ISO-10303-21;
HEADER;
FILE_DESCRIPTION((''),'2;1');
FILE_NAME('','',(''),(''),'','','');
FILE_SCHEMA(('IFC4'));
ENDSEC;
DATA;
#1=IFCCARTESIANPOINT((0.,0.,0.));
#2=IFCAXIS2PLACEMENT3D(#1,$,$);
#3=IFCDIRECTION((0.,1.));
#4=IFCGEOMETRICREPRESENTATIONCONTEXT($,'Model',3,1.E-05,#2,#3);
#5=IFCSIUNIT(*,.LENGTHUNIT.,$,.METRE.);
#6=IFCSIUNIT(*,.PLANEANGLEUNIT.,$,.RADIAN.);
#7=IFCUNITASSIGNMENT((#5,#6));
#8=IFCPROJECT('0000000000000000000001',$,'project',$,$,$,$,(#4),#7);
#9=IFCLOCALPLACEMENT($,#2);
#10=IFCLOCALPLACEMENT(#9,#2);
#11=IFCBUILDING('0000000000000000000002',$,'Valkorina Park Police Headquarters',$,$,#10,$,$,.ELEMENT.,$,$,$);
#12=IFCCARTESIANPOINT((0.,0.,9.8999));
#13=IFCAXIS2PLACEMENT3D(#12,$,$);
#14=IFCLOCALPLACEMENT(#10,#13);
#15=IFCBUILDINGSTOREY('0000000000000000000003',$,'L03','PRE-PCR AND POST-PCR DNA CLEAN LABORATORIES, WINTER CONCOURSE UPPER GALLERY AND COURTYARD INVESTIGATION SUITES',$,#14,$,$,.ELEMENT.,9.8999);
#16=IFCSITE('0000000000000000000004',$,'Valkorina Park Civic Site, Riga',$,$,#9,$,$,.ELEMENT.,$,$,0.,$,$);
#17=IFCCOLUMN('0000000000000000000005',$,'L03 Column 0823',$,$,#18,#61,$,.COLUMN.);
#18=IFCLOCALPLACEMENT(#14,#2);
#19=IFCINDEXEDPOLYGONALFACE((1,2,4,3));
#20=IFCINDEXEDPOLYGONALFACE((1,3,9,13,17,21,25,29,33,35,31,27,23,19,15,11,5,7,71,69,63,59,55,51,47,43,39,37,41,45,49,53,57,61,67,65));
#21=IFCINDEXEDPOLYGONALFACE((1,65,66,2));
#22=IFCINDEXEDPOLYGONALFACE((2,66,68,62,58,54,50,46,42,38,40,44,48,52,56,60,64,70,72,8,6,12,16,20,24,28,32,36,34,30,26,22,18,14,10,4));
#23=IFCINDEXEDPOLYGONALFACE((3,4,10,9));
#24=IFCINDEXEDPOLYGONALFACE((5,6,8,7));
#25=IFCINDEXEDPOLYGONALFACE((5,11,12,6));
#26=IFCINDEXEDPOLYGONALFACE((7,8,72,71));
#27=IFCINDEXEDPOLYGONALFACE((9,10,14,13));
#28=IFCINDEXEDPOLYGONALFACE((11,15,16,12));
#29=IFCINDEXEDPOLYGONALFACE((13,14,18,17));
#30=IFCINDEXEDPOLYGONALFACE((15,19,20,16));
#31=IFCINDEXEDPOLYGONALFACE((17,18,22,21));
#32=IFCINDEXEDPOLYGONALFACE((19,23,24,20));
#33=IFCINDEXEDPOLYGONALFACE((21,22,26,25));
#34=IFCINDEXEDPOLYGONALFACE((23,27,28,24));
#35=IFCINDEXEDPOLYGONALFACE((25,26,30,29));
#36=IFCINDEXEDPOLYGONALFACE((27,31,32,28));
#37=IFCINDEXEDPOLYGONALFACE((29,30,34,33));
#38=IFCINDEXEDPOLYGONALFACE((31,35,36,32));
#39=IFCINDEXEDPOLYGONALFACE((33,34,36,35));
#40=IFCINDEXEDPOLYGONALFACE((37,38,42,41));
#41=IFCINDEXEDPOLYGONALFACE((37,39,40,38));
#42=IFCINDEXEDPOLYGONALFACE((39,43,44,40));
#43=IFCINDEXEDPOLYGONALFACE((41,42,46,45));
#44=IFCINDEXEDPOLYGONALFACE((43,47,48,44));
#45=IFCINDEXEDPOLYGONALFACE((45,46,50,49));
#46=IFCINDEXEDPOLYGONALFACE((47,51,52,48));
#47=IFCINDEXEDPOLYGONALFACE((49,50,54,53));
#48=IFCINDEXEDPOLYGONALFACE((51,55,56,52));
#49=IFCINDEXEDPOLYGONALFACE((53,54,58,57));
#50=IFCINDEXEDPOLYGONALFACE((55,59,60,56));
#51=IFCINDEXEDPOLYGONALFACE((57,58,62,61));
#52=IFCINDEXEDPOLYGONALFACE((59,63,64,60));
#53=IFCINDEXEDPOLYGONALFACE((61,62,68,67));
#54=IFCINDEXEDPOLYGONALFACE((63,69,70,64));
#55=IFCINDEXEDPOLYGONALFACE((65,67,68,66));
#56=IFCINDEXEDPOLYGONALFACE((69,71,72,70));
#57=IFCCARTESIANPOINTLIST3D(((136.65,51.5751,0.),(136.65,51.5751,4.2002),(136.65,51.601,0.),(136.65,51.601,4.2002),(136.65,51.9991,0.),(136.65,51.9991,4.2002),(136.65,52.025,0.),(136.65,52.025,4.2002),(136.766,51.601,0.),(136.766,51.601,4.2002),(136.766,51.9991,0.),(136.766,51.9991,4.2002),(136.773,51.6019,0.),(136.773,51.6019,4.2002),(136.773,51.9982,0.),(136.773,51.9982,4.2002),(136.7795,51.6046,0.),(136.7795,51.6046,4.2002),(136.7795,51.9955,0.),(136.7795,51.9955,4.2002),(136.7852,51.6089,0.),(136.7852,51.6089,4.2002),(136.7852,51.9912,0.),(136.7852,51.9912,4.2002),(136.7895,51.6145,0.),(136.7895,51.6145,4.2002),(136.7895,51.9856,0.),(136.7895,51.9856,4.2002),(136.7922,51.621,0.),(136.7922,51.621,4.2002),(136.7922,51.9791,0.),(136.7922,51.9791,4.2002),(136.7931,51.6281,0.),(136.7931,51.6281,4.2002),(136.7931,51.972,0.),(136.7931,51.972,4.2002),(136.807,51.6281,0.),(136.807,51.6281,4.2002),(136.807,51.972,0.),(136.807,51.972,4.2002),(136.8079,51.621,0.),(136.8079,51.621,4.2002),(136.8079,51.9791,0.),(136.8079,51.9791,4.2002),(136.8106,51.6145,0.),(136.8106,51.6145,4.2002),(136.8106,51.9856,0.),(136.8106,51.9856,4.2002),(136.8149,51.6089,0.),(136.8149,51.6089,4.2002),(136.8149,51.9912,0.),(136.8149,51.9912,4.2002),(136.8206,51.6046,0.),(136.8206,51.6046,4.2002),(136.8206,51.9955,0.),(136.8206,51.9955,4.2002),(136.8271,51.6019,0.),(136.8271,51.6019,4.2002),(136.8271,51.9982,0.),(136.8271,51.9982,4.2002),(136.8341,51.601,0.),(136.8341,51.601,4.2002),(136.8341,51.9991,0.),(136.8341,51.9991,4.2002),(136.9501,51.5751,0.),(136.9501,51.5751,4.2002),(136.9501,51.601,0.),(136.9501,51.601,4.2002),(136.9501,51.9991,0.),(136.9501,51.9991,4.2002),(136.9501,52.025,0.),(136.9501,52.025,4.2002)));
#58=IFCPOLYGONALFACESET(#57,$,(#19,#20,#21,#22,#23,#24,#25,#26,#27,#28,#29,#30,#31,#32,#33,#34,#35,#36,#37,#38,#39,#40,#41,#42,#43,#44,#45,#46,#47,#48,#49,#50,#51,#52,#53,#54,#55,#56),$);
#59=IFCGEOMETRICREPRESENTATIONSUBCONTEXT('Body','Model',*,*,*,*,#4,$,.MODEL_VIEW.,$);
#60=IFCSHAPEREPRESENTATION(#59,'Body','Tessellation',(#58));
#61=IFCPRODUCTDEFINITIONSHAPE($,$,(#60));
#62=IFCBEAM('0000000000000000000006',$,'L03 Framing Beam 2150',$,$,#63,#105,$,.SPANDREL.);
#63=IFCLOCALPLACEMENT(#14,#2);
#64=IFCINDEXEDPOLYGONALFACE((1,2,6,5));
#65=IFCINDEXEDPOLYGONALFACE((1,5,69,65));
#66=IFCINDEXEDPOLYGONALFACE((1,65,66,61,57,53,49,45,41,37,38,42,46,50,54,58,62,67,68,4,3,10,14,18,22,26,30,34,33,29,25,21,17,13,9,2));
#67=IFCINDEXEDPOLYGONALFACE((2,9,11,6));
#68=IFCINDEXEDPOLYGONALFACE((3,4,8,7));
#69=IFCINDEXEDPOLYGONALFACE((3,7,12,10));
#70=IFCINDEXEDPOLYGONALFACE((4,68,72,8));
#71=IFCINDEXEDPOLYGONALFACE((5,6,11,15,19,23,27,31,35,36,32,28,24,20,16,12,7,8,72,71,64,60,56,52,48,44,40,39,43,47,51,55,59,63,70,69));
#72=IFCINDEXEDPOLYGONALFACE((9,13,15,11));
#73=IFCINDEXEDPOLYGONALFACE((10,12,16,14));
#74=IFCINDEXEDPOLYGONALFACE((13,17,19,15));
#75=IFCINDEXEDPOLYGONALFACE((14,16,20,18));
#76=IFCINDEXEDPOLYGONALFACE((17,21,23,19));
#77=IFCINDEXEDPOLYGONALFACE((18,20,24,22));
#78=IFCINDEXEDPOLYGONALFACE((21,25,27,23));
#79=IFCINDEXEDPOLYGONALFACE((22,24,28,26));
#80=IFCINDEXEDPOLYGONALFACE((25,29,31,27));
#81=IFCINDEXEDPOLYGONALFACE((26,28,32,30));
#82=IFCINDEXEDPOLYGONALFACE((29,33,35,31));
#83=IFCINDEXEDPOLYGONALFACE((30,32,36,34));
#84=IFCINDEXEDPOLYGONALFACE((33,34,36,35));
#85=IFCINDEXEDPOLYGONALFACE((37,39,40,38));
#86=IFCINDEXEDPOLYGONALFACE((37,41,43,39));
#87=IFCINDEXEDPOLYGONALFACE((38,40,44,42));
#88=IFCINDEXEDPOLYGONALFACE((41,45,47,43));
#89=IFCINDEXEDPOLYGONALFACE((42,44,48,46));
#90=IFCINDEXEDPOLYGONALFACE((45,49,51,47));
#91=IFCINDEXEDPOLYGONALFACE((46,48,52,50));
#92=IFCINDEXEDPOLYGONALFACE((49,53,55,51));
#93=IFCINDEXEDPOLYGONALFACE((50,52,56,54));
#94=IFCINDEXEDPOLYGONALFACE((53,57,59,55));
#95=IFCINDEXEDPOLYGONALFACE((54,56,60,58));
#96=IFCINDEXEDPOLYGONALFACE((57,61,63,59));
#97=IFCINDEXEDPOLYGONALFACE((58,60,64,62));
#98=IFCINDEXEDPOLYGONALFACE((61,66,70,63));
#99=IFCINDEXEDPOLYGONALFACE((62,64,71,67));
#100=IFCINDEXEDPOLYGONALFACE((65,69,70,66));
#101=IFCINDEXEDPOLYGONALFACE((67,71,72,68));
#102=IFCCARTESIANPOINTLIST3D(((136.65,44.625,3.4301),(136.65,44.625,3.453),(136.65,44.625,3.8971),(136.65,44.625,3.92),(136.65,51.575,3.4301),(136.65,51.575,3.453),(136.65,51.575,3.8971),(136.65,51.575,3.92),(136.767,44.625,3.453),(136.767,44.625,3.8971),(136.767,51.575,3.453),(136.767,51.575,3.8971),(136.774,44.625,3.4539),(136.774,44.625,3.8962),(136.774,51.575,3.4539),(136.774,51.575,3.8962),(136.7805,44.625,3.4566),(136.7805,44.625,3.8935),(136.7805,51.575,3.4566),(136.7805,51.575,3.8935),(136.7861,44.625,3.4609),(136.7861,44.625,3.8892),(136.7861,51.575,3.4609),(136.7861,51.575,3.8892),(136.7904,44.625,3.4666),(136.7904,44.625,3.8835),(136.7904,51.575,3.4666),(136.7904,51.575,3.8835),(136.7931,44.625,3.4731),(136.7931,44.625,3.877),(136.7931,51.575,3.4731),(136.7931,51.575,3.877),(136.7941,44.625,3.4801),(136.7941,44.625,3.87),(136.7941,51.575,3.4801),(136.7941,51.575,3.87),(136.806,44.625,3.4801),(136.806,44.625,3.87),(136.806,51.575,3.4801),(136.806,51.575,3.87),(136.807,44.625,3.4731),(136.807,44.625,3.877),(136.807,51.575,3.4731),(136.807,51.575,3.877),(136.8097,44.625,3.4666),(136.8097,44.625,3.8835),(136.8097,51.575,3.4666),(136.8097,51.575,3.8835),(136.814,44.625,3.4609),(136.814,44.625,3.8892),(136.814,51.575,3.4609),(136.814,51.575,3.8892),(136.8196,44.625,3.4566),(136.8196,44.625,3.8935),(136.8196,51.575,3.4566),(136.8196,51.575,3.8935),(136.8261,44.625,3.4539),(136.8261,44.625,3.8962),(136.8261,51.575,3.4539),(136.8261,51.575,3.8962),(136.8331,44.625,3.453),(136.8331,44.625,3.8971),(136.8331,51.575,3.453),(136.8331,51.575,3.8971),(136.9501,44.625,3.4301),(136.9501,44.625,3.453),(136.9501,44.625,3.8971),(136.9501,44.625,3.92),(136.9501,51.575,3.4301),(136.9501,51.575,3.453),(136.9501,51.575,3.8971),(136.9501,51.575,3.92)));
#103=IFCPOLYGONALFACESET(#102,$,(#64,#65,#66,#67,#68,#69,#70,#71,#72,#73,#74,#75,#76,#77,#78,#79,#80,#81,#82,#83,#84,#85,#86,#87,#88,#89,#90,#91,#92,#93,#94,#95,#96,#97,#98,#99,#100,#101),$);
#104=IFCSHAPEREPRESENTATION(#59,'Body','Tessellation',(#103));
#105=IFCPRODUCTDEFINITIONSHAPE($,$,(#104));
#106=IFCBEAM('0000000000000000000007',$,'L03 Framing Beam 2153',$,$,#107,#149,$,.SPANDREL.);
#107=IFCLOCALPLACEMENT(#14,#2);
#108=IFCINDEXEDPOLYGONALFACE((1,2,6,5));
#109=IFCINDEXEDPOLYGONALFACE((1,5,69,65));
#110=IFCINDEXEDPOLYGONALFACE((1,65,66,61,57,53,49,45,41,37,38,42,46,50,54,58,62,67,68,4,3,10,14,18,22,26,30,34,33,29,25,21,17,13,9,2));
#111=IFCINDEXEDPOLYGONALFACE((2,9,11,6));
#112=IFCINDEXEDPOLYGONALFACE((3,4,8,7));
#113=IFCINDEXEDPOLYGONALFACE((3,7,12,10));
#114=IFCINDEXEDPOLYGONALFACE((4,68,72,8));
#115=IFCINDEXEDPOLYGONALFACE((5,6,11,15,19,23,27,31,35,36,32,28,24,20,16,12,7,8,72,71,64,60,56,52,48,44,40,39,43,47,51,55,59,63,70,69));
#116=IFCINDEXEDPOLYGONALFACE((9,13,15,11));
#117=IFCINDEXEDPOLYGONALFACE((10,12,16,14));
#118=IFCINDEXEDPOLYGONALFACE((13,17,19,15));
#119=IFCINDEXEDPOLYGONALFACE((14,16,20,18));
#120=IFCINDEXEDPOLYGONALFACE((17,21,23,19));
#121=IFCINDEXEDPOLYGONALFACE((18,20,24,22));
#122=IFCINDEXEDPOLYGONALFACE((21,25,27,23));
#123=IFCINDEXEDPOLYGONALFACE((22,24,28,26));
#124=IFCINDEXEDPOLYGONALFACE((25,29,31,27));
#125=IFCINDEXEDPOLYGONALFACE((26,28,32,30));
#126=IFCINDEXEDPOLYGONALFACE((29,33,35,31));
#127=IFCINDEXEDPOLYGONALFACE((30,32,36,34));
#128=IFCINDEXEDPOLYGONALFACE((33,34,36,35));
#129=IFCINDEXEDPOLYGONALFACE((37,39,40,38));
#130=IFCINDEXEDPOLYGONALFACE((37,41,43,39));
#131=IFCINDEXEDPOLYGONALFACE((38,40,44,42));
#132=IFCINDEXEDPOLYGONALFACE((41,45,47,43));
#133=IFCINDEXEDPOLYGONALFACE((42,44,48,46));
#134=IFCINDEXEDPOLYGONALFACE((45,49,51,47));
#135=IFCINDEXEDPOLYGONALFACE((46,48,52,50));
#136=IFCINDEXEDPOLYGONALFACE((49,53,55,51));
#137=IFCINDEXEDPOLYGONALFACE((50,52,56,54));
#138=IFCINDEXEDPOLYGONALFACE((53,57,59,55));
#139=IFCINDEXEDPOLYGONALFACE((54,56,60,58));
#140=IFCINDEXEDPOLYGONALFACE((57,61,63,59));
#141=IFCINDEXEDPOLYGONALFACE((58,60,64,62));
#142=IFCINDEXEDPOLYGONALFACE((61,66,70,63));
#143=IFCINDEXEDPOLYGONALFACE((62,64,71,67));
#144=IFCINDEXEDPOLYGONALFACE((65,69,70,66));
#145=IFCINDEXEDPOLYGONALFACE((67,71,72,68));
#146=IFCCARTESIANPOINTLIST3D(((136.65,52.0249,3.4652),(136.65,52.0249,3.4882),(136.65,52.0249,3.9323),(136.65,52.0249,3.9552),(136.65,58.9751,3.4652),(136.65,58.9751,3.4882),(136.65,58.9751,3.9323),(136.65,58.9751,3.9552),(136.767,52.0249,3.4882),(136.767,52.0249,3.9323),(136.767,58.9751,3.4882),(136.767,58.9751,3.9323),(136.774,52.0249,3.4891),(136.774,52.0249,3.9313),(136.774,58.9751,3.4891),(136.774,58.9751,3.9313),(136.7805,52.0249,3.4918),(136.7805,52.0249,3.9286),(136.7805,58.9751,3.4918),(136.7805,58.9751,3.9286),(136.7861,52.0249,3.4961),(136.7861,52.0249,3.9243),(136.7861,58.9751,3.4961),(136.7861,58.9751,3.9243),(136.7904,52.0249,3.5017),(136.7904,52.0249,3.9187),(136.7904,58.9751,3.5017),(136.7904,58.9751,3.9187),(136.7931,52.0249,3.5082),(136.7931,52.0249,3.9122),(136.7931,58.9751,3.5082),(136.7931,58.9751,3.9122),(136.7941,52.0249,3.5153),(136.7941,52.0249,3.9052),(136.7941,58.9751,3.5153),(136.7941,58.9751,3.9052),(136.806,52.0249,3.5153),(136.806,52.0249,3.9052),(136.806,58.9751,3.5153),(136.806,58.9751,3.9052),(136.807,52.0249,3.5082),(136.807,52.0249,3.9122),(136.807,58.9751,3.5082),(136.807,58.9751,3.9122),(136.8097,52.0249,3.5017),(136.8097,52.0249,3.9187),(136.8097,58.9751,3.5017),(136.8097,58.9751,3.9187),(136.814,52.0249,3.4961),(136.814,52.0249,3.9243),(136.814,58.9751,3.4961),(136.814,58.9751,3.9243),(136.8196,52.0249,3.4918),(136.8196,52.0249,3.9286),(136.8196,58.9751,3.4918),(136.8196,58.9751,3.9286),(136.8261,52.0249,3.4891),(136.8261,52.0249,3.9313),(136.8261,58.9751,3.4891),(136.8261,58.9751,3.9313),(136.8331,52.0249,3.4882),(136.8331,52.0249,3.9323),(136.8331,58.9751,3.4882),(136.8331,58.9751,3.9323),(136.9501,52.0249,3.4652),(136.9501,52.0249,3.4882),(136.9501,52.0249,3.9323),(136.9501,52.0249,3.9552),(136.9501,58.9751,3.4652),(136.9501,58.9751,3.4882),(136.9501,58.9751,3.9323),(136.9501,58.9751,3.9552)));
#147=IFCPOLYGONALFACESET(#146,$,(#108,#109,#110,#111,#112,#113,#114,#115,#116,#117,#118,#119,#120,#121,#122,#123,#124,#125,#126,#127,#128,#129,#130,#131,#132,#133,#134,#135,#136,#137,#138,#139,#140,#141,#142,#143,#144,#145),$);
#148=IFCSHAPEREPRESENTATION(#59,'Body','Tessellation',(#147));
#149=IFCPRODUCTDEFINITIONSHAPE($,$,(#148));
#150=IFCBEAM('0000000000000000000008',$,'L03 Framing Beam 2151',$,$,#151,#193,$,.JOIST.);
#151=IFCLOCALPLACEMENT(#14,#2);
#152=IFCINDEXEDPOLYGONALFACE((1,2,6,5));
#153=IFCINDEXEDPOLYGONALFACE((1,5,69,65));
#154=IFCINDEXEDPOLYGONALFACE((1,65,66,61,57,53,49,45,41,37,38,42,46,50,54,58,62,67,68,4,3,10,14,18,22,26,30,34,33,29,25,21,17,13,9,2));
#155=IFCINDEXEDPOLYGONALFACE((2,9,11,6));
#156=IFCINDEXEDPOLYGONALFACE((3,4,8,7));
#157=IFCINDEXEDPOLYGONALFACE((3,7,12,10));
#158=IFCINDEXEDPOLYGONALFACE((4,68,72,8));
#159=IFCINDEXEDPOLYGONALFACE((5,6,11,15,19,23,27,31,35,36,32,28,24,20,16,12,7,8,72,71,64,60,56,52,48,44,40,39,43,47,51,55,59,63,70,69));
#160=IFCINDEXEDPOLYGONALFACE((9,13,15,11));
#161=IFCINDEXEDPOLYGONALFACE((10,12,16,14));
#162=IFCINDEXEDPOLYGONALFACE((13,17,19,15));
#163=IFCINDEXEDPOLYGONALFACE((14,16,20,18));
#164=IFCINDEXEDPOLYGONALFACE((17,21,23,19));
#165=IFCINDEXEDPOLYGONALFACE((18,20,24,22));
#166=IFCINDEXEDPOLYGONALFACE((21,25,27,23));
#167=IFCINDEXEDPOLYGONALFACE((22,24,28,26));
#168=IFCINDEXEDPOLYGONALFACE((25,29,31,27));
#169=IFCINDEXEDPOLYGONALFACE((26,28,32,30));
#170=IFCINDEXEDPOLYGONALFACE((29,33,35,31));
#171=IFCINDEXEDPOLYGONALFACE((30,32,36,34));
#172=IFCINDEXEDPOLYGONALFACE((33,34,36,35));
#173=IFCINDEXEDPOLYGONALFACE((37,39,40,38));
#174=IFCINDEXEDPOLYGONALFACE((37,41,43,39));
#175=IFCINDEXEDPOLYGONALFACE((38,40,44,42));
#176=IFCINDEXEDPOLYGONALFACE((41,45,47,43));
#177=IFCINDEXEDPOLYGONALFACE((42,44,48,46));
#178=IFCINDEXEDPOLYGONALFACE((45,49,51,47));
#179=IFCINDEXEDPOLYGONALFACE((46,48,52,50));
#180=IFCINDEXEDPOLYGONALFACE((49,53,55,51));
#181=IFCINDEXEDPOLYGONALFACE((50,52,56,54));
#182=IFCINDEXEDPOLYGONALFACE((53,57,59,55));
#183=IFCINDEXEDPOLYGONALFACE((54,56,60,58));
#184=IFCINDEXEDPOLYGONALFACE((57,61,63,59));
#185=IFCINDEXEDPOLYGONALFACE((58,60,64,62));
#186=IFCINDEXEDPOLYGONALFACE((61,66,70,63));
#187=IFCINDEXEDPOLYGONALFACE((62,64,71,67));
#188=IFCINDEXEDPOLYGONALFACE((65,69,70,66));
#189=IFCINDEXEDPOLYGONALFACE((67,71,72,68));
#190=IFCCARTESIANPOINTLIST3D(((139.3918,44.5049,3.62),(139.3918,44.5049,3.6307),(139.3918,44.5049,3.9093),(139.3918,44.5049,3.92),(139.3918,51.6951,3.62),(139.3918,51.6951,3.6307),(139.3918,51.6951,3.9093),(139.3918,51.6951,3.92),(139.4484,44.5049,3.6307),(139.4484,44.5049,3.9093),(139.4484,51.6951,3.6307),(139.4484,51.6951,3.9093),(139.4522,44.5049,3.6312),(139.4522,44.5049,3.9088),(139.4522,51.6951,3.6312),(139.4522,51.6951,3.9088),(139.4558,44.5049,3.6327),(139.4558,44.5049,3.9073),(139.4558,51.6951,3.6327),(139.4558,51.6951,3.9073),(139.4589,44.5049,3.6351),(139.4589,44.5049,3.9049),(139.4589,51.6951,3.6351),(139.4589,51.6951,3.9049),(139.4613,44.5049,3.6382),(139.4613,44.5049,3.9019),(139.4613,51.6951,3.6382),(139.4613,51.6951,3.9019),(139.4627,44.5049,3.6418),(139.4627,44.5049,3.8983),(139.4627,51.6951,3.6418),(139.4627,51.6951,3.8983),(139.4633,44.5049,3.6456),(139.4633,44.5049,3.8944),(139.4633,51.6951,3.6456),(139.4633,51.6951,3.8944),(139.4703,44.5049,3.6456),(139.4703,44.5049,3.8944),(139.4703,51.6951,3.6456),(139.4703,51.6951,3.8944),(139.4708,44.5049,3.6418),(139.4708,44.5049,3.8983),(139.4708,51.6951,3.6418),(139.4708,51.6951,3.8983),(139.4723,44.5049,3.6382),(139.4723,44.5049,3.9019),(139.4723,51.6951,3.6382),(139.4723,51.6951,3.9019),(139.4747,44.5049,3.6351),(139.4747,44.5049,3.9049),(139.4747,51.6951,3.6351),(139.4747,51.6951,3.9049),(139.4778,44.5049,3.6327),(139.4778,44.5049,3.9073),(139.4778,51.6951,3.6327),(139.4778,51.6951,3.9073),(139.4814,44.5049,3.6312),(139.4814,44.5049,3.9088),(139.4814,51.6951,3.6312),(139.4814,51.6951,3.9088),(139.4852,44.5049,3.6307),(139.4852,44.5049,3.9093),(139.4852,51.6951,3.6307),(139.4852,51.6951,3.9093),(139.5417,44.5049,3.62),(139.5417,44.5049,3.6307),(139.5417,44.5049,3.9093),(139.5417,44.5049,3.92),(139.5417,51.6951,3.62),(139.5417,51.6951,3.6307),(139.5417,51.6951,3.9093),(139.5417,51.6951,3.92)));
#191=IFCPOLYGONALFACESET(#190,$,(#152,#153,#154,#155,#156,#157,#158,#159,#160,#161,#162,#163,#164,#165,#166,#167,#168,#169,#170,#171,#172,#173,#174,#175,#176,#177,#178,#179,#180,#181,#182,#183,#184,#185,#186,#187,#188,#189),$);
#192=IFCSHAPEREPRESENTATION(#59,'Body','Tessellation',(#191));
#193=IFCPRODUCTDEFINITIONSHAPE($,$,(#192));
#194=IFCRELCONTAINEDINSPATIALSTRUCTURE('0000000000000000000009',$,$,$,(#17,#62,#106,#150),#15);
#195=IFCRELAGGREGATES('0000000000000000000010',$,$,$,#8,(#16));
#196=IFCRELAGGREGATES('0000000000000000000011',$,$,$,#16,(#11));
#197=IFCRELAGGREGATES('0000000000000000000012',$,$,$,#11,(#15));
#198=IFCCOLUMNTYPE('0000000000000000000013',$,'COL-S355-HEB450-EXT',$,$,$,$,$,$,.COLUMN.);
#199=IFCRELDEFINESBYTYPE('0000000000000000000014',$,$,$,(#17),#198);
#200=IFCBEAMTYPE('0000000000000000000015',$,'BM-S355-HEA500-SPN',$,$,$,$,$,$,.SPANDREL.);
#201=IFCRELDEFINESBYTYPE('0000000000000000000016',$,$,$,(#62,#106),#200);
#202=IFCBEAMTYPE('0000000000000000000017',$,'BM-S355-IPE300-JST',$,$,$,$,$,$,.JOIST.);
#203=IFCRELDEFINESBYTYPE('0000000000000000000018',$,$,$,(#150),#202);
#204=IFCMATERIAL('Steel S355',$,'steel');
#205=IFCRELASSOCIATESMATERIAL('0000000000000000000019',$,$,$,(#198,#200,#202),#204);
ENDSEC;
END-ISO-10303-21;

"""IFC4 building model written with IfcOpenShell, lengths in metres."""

from ifc_helpers import new_model, si_unit, direction, frame, origin, origin_2d, place, context, subcontext, project, spatial, i_section, extrude, material, material_profile, profile_set, type_object, element, save


model = new_model("IFC4")

# Units and contexts
model_context = context("Model", 3, precision=1e-05, world=origin(), true_north=direction((0.0, 1.0)))
body_context = subcontext(model_context, "Body", "Model", "MODEL_VIEW")
ifc_project = project(units=[si_unit("LENGTHUNIT", "METRE"), si_unit("PLANEANGLEUNIT", "RADIAN")], contexts=[model_context])

# Site, building, storey
site_placement = place(None, origin())
site = spatial("IfcSite", under=ifc_project, at=site_placement, Name="Valkorina Park Civic Site, Riga", CompositionType="ELEMENT", RefElevation=0.0)
building_placement = place(site_placement, origin())
building = spatial("IfcBuilding", under=site, at=building_placement, Name="Valkorina Park Police Headquarters", CompositionType="ELEMENT")
storey_placement = place(building_placement, frame((0.0, 0.0, 9.8999)))
storey = spatial("IfcBuildingStorey", under=building, at=storey_placement, Name="L03", Description="PRE-PCR AND POST-PCR DNA CLEAN LABORATORIES, WINTER CONCOURSE UPPER GALLERY AND COURTYARD INVESTIGATION SUITES", CompositionType="ELEMENT", Elevation=9.8999)

# Column
ifc_material_1 = material(Name="Steel S355", Category="steel")
ifc_material_profile_1 = material_profile(ifc_material_1, i_section(OverallWidth=0.3, OverallDepth=0.45, WebThickness=0.0139, FlangeThickness=0.0259, FilletRadius=0.0271, at=origin_2d()), Name="HEB 450")
ifc_profile_set_1 = profile_set([ifc_material_profile_1], Name="Steel S355")
column_type = type_object("IfcColumnType", Name="COL-S355-HEB450-EXT", PredefinedType="COLUMN", material=ifc_profile_set_1)
column_placement = place(storey_placement, frame((136.8, 51.8, 0.0), z_axis=(0.0, 0.0, 1.0), x_axis=(1.0, 0.0, 0.0)))
element("IfcColumn", 1, at=column_placement, inside=storey, type_object=column_type, Name="L03 Column 0823", PredefinedType="COLUMN", context=body_context, shape_type="SweptSolid", body=[
    extrude(i_section(OverallWidth=0.3, OverallDepth=0.45, WebThickness=0.0139, FlangeThickness=0.0259, FilletRadius=0.0271, at=origin_2d()), origin(), (0.0, 0.0, 1.0), 4.2002),
])

# Beams
ifc_material_profile_2 = material_profile(ifc_material_1, i_section(OverallWidth=0.3, OverallDepth=0.49, WebThickness=0.012, FlangeThickness=0.0229, FilletRadius=0.0271, at=origin_2d()), Name="HEA 500")
ifc_profile_set_2 = profile_set([ifc_material_profile_2], Name="Steel S355")
beam_type_1 = type_object("IfcBeamType", Name="BM-S355-HEA500-SPN", PredefinedType="SPANDREL", material=ifc_profile_set_2)
beam_1_placement = place(storey_placement, frame((136.8, 44.625, 3.675), z_axis=(0.0, 1.0, 0.0), x_axis=(-1.0, 0.0, 0.0)))
element("IfcBeam", 2, at=beam_1_placement, inside=storey, type_object=beam_type_1, Name="L03 Framing Beam 2150", PredefinedType="SPANDREL", context=body_context, shape_type="SweptSolid", body=[
    extrude(i_section(OverallWidth=0.3, OverallDepth=0.49, WebThickness=0.012, FlangeThickness=0.0229, FilletRadius=0.0271, at=origin_2d()), origin(), (0.0, 0.0, 1.0), 6.95),
])
beam_2_placement = place(storey_placement, frame((136.8, 52.0249, 3.7102), z_axis=(0.0, 1.0, 0.0), x_axis=(-1.0, 0.0, 0.0)))
element("IfcBeam", 3, at=beam_2_placement, inside=storey, type_object=beam_type_1, Name="L03 Framing Beam 2153", PredefinedType="SPANDREL", context=body_context, shape_type="SweptSolid", body=[
    extrude(i_section(OverallWidth=0.3, OverallDepth=0.49, WebThickness=0.012, FlangeThickness=0.0229, FilletRadius=0.0271, at=origin_2d()), origin(), (0.0, 0.0, 1.0), 6.9502),
])
ifc_material_profile_3 = material_profile(ifc_material_1, i_section(OverallWidth=0.1499, OverallDepth=0.3, WebThickness=0.0071, FlangeThickness=0.0107, FilletRadius=0.0149, at=origin_2d()), Name="IPE 300")
ifc_profile_set_3 = profile_set([ifc_material_profile_3], Name="Steel S355")
beam_type_2 = type_object("IfcBeamType", Name="BM-S355-IPE300-JST", PredefinedType="JOIST", material=ifc_profile_set_3)
beam_3_placement = place(storey_placement, frame((139.4668, 44.5049, 3.77), z_axis=(0.0, 1.0, 0.0), x_axis=(-1.0, 0.0, 0.0)))
element("IfcBeam", 4, at=beam_3_placement, inside=storey, type_object=beam_type_2, Name="L03 Framing Beam 2151", PredefinedType="JOIST", context=body_context, shape_type="SweptSolid", body=[
    extrude(i_section(OverallWidth=0.1499, OverallDepth=0.3, WebThickness=0.0071, FlangeThickness=0.0107, FilletRadius=0.0149, at=origin_2d()), origin(), (0.0, 0.0, 1.0), 7.1902),
])

save(model, "model.ifc")
